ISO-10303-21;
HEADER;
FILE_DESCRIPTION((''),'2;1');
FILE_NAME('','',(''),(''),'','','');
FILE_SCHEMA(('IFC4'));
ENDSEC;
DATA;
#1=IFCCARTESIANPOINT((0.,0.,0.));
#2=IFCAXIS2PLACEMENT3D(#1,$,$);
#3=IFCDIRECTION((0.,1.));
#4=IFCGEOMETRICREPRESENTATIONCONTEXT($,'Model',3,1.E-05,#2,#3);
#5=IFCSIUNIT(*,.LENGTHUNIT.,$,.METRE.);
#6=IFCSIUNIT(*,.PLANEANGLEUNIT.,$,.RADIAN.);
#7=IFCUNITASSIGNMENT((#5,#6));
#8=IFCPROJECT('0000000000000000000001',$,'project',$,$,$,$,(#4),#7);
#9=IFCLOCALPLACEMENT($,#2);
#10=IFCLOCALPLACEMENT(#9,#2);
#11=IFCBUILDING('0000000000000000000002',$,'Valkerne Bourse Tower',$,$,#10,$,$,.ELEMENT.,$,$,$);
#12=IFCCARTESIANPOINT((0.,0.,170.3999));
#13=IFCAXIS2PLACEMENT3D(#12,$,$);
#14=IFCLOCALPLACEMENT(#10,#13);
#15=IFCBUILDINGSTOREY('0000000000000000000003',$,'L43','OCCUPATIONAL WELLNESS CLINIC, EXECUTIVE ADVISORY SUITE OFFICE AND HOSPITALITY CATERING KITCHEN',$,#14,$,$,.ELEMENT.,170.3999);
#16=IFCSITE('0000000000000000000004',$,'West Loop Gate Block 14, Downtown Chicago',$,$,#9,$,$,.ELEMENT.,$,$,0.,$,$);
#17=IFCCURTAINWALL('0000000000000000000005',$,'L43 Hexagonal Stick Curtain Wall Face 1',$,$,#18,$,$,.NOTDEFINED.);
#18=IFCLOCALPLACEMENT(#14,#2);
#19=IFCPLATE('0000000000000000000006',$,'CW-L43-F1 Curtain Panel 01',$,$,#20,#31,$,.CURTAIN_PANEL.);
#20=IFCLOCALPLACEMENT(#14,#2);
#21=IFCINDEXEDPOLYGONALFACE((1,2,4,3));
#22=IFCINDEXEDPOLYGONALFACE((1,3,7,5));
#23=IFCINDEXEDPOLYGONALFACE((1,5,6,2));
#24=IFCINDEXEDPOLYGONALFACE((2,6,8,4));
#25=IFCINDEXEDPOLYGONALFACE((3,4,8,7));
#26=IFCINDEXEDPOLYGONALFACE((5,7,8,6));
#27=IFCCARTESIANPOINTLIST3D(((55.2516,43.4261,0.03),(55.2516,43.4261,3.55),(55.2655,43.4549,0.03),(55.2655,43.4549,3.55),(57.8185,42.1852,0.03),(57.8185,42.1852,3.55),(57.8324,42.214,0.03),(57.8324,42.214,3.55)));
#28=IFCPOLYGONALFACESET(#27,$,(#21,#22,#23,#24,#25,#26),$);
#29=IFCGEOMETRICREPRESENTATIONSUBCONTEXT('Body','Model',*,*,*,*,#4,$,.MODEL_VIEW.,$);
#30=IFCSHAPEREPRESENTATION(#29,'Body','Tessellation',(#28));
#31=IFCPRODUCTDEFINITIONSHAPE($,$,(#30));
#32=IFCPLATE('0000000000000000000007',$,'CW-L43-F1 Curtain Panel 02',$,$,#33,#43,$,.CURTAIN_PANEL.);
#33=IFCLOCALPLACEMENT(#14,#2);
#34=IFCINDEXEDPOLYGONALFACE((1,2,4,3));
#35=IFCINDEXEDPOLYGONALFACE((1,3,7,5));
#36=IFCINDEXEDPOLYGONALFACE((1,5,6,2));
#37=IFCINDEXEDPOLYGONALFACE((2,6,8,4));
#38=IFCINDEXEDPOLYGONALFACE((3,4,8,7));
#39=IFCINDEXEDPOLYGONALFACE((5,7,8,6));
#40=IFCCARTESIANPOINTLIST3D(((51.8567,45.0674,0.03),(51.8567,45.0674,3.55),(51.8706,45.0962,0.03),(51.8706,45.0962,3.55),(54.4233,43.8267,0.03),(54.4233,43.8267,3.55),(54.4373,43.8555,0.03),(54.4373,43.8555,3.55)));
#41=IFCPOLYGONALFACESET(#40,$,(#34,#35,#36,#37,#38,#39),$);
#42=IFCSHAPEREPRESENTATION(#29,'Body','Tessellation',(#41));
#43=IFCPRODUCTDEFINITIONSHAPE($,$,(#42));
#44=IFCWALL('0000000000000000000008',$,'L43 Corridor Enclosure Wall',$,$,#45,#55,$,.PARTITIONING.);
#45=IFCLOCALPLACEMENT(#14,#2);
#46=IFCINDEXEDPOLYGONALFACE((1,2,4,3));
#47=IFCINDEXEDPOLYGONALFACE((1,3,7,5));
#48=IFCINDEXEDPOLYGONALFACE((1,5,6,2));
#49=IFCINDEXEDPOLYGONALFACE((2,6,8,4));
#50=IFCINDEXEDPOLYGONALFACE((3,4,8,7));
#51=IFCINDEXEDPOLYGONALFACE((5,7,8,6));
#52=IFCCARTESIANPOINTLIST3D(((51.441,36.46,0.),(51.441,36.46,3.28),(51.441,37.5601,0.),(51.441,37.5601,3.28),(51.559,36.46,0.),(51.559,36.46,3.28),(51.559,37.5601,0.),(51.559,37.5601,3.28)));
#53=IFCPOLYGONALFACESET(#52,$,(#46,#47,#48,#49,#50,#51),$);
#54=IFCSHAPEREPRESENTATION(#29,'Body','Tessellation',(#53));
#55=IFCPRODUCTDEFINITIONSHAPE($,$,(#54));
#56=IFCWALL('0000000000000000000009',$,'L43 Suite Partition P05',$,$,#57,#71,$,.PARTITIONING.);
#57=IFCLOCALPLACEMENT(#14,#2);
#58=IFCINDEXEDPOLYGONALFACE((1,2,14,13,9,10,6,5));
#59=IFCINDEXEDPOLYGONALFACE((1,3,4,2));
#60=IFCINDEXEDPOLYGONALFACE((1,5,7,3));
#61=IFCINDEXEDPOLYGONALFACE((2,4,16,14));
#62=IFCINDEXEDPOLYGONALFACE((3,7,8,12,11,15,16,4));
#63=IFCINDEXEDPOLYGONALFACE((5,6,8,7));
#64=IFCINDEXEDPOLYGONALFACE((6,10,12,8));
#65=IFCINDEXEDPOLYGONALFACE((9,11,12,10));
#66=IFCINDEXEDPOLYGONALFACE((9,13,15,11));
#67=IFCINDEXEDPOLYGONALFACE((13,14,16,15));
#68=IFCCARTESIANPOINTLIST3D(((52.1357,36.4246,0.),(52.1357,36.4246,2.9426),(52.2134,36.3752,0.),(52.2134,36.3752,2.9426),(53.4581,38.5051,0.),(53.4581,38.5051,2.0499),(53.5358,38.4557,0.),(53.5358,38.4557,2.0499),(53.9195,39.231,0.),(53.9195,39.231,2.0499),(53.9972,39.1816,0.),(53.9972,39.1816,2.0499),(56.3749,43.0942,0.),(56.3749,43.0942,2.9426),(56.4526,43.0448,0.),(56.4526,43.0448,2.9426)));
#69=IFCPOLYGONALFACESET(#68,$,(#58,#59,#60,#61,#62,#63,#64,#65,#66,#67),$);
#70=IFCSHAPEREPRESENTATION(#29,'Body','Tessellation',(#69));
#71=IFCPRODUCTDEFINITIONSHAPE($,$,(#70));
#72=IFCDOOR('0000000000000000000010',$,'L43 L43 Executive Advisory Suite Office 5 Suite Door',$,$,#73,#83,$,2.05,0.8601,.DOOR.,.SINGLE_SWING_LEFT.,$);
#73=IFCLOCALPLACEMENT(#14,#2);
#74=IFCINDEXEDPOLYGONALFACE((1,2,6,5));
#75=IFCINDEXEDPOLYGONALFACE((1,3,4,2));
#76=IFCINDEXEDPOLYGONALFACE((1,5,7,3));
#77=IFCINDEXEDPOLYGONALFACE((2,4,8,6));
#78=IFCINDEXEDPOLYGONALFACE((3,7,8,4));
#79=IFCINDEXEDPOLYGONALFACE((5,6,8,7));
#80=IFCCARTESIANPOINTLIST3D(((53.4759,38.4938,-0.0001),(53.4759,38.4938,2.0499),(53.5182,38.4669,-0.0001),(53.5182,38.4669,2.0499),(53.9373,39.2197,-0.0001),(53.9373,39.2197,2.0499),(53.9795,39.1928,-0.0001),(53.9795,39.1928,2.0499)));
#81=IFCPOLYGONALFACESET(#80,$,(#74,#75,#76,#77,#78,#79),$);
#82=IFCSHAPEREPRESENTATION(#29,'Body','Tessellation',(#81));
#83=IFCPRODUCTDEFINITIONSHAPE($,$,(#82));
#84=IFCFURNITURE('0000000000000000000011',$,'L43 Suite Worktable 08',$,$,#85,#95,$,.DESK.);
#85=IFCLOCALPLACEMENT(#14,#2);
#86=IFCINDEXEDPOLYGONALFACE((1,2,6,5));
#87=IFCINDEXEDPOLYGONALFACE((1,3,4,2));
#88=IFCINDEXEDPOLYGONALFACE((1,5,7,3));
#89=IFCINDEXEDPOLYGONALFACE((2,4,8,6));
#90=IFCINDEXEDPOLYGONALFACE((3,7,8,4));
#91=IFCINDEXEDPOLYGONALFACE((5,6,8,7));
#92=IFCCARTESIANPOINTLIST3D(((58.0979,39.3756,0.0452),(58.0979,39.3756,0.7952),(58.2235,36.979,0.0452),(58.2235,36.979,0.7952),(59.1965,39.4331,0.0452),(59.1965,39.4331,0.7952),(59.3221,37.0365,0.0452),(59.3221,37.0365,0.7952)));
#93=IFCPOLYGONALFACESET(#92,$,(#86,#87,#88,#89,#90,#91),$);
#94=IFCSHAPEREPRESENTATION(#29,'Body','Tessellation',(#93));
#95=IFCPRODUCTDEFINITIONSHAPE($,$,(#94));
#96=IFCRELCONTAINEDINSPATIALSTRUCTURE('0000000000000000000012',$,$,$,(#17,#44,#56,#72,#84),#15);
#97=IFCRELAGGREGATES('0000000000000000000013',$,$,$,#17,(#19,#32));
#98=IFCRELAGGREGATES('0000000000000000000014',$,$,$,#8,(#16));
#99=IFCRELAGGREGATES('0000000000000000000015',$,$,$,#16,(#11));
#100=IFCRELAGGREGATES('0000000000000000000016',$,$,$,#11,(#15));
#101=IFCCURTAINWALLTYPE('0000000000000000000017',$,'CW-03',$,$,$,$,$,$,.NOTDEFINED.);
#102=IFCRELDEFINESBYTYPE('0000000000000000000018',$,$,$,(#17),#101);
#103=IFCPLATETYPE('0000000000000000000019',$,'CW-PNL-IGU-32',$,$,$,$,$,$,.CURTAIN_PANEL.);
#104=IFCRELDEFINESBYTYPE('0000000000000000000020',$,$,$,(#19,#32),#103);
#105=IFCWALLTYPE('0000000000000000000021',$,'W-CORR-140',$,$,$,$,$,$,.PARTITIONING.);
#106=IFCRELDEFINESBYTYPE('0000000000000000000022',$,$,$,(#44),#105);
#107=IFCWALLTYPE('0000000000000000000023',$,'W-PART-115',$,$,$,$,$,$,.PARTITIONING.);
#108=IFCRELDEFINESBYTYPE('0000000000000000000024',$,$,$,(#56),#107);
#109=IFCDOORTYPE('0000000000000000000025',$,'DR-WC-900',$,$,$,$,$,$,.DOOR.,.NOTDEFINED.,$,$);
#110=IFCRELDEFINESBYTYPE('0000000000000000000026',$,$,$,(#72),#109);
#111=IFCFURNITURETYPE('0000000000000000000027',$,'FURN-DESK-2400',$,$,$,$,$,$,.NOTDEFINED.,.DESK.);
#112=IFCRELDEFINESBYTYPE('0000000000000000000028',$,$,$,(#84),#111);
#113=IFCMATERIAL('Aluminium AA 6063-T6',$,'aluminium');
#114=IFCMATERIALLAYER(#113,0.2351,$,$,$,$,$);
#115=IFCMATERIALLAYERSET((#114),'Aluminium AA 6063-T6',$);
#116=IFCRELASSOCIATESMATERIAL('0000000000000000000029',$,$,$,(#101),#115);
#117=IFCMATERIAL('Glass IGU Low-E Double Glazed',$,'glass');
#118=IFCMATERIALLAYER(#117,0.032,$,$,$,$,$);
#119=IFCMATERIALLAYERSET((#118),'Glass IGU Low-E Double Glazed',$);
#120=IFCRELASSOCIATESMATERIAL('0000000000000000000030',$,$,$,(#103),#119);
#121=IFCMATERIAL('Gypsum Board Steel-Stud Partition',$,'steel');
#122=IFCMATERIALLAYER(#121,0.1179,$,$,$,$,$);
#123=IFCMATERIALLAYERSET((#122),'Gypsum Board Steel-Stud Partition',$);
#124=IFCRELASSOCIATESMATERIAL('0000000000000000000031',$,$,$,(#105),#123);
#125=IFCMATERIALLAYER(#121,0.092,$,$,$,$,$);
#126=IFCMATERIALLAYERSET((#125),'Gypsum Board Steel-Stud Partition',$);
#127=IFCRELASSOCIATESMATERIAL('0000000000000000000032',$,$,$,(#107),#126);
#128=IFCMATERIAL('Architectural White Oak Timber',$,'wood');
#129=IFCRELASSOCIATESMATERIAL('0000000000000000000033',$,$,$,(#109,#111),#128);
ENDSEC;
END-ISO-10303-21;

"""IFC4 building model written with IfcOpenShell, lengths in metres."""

from ifc_helpers import new_model, si_unit, direction, frame, frame_2d, origin, origin_2d, place, context, subcontext, project, spatial, rectangle, extrude, material, layer, layer_set, type_object, element, fill, aggregate, save


model = new_model("IFC4")

# Units and contexts
model_context = context("Model", 3, precision=1e-05, world=origin(), true_north=direction((0.0, 1.0)))
body_context = subcontext(model_context, "Body", "Model", "MODEL_VIEW")
ifc_project = project(units=[si_unit("LENGTHUNIT", "METRE"), si_unit("PLANEANGLEUNIT", "RADIAN")], contexts=[model_context])

# Site, building, storey
site_placement = place(None, origin())
site = spatial("IfcSite", under=ifc_project, at=site_placement, Name="West Loop Gate Block 14, Downtown Chicago", CompositionType="ELEMENT", RefElevation=0.0)
building_placement = place(site_placement, origin())
building = spatial("IfcBuilding", under=site, at=building_placement, Name="Valkerne Bourse Tower", CompositionType="ELEMENT")
storey_placement = place(building_placement, frame((0.0, 0.0, 170.3999)))
storey = spatial("IfcBuildingStorey", under=building, at=storey_placement, Name="L43", Description="OCCUPATIONAL WELLNESS CLINIC, EXECUTIVE ADVISORY SUITE OFFICE AND HOSPITALITY CATERING KITCHEN", CompositionType="ELEMENT", Elevation=170.3999)

# Curtain wall
ifc_material_1 = material(Name="Aluminium AA 6063-T6", Category="aluminium")
ifc_layer_1 = layer(ifc_material_1, 0.2351)
ifc_layer_set_1 = layer_set([ifc_layer_1], Name="Aluminium AA 6063-T6")
curtain_wall_type = type_object("IfcCurtainWallType", Name="CW-03", PredefinedType="NOTDEFINED", material=ifc_layer_set_1)
curtain_wall_placement = place(storey_placement, origin())
curtain_wall = element("IfcCurtainWall", 1, at=curtain_wall_placement, inside=storey, type_object=curtain_wall_type, Name="L43 Hexagonal Stick Curtain Wall Face 1", PredefinedType="NOTDEFINED")

# Plates
ifc_material_2 = material(Name="Glass IGU Low-E Double Glazed", Category="glass")
ifc_layer_2 = layer(ifc_material_2, 0.032)
ifc_layer_set_2 = layer_set([ifc_layer_2], Name="Glass IGU Low-E Double Glazed")
plate_type = type_object("IfcPlateType", Name="CW-PNL-IGU-32", PredefinedType="CURTAIN_PANEL", material=ifc_layer_set_2)
plate_1_placement = place(storey_placement, frame((56.542, 42.8201, 0.03), z_axis=(0.0, 0.0, 1.0), x_axis=(-0.900314, 0.435241, 0.0)))
plate_1 = element("IfcPlate", 2, at=plate_1_placement, type_object=plate_type, Name="CW-L43-F1 Curtain Panel 01", PredefinedType="CURTAIN_PANEL", context=body_context, shape_type="SweptSolid", body=[
    extrude(rectangle(XDim=2.8511, YDim=0.032, at=origin_2d()), origin(), (0.0, 0.0, 1.0), 3.52),
])
plate_2_placement = place(storey_placement, frame((53.147, 44.4614, 0.03), z_axis=(0.0, 0.0, 1.0), x_axis=(-0.900325, 0.435219, 0.0)))
plate_2 = element("IfcPlate", 3, at=plate_2_placement, type_object=plate_type, Name="CW-L43-F1 Curtain Panel 02", PredefinedType="CURTAIN_PANEL", context=body_context, shape_type="SweptSolid", body=[
    extrude(rectangle(XDim=2.8508, YDim=0.032, at=origin_2d()), origin(), (0.0, 0.0, 1.0), 3.52),
])
aggregate(curtain_wall, [plate_1, plate_2])

# Wall
ifc_material_3 = material(Name="Gypsum Board Steel-Stud Partition", Category="steel")
ifc_layer_3 = layer(ifc_material_3, 0.1179)
ifc_layer_set_3 = layer_set([ifc_layer_3], Name="Gypsum Board Steel-Stud Partition")
wall_type_1 = type_object("IfcWallType", Name="W-CORR-140", PredefinedType="PARTITIONING", material=ifc_layer_set_3)
wall_1_placement = place(storey_placement, frame((51.5, 37.5601, 0.0), z_axis=(0.0, 0.0, 1.0), x_axis=(0.0, -1.0, 0.0)))
element("IfcWall", 4, at=wall_1_placement, inside=storey, type_object=wall_type_1, Name="L43 Corridor Enclosure Wall", PredefinedType="PARTITIONING", context=body_context, shape_type="SweptSolid", body=[
    extrude(rectangle(XDim=1.1001, YDim=0.1179, at=frame_2d((0.55, 0.0))), origin(), (0.0, 0.0, 1.0), 3.28),
])

# Wall, opening, door
ifc_layer_4 = layer(ifc_material_3, 0.092)
ifc_layer_set_4 = layer_set([ifc_layer_4], Name="Gypsum Board Steel-Stud Partition")
wall_type_2 = type_object("IfcWallType", Name="W-PART-115", PredefinedType="PARTITIONING", material=ifc_layer_set_4)
wall_2_placement = place(storey_placement, frame((52.1746, 36.3999, 0.0), z_axis=(0.0, 0.0, 1.0), x_axis=(0.536418, 0.843953, 0.0)))
wall_2 = element("IfcWall", 5, at=wall_2_placement, inside=storey, type_object=wall_type_2, Name="L43 Suite Partition P05", PredefinedType="PARTITIONING", context=body_context, shape_type="SweptSolid", body=[
    extrude(rectangle(XDim=7.9028, YDim=0.092, at=frame_2d((3.9514, 0.0))), origin(), (0.0, 0.0, 1.0), 2.9426),
])
opening_placement = place(wall_2_placement, frame((2.4651, 0.0, 0.0)))
opening = element("IfcOpeningElement", 6, at=opening_placement, cuts=wall_2, PredefinedType="OPENING", context=body_context, shape_type="SweptSolid", body=[
    extrude(rectangle(XDim=0.8601, YDim=2.05, at=frame_2d((0.4302, 1.0249))), frame((0.0, 0.0559, 0.0), z_axis=(0.0, -1.0, 0.0), x_axis=(1.0, 0.0, 0.0)), (0.0, 0.0, 1.0), 0.1121),
])
ifc_material_4 = material(Name="Architectural White Oak Timber", Category="wood")
door_type = type_object("IfcDoorType", Name="DR-WC-900", OperationType="NOTDEFINED", PredefinedType="DOOR", material=ifc_material_4)
door_placement = place(opening_placement, origin())
door = element("IfcDoor", 7, at=door_placement, inside=storey, type_object=door_type, Name="L43 L43 Executive Advisory Suite Office 5 Suite Door", OperationType="SINGLE_SWING_LEFT", OverallHeight=2.05, OverallWidth=0.8601, PredefinedType="DOOR", context=body_context, shape_type="SweptSolid", body=[
    extrude(rectangle(XDim=0.8601, YDim=2.05, at=frame_2d((0.4302, 1.0249))), frame((0.0, 0.0249, 0.0), z_axis=(0.0, -1.0, 0.0), x_axis=(1.0, 0.0, 0.0)), (0.0, 0.0, 1.0), 0.05),
])
fill(opening, door)

# Furniture
furniture_type = type_object("IfcFurnitureType", Name="FURN-DESK-2400", AssemblyPlace="NOTDEFINED", PredefinedType="DESK", material=ifc_material_4)
furniture_placement = place(storey_placement, frame((58.71, 38.2061, 0.0452), z_axis=(0.0, 0.0, 1.0), x_axis=(-0.052336, 0.99863, 0.0)))
element("IfcFurniture", 8, at=furniture_placement, inside=storey, type_object=furniture_type, Name="L43 Suite Worktable 08", PredefinedType="DESK", context=body_context, shape_type="SweptSolid", body=[
    extrude(rectangle(XDim=2.3999, YDim=1.1001, at=origin_2d()), origin(), (0.0, 0.0, 1.0), 0.75),
])

save(model, "model.ifc")
